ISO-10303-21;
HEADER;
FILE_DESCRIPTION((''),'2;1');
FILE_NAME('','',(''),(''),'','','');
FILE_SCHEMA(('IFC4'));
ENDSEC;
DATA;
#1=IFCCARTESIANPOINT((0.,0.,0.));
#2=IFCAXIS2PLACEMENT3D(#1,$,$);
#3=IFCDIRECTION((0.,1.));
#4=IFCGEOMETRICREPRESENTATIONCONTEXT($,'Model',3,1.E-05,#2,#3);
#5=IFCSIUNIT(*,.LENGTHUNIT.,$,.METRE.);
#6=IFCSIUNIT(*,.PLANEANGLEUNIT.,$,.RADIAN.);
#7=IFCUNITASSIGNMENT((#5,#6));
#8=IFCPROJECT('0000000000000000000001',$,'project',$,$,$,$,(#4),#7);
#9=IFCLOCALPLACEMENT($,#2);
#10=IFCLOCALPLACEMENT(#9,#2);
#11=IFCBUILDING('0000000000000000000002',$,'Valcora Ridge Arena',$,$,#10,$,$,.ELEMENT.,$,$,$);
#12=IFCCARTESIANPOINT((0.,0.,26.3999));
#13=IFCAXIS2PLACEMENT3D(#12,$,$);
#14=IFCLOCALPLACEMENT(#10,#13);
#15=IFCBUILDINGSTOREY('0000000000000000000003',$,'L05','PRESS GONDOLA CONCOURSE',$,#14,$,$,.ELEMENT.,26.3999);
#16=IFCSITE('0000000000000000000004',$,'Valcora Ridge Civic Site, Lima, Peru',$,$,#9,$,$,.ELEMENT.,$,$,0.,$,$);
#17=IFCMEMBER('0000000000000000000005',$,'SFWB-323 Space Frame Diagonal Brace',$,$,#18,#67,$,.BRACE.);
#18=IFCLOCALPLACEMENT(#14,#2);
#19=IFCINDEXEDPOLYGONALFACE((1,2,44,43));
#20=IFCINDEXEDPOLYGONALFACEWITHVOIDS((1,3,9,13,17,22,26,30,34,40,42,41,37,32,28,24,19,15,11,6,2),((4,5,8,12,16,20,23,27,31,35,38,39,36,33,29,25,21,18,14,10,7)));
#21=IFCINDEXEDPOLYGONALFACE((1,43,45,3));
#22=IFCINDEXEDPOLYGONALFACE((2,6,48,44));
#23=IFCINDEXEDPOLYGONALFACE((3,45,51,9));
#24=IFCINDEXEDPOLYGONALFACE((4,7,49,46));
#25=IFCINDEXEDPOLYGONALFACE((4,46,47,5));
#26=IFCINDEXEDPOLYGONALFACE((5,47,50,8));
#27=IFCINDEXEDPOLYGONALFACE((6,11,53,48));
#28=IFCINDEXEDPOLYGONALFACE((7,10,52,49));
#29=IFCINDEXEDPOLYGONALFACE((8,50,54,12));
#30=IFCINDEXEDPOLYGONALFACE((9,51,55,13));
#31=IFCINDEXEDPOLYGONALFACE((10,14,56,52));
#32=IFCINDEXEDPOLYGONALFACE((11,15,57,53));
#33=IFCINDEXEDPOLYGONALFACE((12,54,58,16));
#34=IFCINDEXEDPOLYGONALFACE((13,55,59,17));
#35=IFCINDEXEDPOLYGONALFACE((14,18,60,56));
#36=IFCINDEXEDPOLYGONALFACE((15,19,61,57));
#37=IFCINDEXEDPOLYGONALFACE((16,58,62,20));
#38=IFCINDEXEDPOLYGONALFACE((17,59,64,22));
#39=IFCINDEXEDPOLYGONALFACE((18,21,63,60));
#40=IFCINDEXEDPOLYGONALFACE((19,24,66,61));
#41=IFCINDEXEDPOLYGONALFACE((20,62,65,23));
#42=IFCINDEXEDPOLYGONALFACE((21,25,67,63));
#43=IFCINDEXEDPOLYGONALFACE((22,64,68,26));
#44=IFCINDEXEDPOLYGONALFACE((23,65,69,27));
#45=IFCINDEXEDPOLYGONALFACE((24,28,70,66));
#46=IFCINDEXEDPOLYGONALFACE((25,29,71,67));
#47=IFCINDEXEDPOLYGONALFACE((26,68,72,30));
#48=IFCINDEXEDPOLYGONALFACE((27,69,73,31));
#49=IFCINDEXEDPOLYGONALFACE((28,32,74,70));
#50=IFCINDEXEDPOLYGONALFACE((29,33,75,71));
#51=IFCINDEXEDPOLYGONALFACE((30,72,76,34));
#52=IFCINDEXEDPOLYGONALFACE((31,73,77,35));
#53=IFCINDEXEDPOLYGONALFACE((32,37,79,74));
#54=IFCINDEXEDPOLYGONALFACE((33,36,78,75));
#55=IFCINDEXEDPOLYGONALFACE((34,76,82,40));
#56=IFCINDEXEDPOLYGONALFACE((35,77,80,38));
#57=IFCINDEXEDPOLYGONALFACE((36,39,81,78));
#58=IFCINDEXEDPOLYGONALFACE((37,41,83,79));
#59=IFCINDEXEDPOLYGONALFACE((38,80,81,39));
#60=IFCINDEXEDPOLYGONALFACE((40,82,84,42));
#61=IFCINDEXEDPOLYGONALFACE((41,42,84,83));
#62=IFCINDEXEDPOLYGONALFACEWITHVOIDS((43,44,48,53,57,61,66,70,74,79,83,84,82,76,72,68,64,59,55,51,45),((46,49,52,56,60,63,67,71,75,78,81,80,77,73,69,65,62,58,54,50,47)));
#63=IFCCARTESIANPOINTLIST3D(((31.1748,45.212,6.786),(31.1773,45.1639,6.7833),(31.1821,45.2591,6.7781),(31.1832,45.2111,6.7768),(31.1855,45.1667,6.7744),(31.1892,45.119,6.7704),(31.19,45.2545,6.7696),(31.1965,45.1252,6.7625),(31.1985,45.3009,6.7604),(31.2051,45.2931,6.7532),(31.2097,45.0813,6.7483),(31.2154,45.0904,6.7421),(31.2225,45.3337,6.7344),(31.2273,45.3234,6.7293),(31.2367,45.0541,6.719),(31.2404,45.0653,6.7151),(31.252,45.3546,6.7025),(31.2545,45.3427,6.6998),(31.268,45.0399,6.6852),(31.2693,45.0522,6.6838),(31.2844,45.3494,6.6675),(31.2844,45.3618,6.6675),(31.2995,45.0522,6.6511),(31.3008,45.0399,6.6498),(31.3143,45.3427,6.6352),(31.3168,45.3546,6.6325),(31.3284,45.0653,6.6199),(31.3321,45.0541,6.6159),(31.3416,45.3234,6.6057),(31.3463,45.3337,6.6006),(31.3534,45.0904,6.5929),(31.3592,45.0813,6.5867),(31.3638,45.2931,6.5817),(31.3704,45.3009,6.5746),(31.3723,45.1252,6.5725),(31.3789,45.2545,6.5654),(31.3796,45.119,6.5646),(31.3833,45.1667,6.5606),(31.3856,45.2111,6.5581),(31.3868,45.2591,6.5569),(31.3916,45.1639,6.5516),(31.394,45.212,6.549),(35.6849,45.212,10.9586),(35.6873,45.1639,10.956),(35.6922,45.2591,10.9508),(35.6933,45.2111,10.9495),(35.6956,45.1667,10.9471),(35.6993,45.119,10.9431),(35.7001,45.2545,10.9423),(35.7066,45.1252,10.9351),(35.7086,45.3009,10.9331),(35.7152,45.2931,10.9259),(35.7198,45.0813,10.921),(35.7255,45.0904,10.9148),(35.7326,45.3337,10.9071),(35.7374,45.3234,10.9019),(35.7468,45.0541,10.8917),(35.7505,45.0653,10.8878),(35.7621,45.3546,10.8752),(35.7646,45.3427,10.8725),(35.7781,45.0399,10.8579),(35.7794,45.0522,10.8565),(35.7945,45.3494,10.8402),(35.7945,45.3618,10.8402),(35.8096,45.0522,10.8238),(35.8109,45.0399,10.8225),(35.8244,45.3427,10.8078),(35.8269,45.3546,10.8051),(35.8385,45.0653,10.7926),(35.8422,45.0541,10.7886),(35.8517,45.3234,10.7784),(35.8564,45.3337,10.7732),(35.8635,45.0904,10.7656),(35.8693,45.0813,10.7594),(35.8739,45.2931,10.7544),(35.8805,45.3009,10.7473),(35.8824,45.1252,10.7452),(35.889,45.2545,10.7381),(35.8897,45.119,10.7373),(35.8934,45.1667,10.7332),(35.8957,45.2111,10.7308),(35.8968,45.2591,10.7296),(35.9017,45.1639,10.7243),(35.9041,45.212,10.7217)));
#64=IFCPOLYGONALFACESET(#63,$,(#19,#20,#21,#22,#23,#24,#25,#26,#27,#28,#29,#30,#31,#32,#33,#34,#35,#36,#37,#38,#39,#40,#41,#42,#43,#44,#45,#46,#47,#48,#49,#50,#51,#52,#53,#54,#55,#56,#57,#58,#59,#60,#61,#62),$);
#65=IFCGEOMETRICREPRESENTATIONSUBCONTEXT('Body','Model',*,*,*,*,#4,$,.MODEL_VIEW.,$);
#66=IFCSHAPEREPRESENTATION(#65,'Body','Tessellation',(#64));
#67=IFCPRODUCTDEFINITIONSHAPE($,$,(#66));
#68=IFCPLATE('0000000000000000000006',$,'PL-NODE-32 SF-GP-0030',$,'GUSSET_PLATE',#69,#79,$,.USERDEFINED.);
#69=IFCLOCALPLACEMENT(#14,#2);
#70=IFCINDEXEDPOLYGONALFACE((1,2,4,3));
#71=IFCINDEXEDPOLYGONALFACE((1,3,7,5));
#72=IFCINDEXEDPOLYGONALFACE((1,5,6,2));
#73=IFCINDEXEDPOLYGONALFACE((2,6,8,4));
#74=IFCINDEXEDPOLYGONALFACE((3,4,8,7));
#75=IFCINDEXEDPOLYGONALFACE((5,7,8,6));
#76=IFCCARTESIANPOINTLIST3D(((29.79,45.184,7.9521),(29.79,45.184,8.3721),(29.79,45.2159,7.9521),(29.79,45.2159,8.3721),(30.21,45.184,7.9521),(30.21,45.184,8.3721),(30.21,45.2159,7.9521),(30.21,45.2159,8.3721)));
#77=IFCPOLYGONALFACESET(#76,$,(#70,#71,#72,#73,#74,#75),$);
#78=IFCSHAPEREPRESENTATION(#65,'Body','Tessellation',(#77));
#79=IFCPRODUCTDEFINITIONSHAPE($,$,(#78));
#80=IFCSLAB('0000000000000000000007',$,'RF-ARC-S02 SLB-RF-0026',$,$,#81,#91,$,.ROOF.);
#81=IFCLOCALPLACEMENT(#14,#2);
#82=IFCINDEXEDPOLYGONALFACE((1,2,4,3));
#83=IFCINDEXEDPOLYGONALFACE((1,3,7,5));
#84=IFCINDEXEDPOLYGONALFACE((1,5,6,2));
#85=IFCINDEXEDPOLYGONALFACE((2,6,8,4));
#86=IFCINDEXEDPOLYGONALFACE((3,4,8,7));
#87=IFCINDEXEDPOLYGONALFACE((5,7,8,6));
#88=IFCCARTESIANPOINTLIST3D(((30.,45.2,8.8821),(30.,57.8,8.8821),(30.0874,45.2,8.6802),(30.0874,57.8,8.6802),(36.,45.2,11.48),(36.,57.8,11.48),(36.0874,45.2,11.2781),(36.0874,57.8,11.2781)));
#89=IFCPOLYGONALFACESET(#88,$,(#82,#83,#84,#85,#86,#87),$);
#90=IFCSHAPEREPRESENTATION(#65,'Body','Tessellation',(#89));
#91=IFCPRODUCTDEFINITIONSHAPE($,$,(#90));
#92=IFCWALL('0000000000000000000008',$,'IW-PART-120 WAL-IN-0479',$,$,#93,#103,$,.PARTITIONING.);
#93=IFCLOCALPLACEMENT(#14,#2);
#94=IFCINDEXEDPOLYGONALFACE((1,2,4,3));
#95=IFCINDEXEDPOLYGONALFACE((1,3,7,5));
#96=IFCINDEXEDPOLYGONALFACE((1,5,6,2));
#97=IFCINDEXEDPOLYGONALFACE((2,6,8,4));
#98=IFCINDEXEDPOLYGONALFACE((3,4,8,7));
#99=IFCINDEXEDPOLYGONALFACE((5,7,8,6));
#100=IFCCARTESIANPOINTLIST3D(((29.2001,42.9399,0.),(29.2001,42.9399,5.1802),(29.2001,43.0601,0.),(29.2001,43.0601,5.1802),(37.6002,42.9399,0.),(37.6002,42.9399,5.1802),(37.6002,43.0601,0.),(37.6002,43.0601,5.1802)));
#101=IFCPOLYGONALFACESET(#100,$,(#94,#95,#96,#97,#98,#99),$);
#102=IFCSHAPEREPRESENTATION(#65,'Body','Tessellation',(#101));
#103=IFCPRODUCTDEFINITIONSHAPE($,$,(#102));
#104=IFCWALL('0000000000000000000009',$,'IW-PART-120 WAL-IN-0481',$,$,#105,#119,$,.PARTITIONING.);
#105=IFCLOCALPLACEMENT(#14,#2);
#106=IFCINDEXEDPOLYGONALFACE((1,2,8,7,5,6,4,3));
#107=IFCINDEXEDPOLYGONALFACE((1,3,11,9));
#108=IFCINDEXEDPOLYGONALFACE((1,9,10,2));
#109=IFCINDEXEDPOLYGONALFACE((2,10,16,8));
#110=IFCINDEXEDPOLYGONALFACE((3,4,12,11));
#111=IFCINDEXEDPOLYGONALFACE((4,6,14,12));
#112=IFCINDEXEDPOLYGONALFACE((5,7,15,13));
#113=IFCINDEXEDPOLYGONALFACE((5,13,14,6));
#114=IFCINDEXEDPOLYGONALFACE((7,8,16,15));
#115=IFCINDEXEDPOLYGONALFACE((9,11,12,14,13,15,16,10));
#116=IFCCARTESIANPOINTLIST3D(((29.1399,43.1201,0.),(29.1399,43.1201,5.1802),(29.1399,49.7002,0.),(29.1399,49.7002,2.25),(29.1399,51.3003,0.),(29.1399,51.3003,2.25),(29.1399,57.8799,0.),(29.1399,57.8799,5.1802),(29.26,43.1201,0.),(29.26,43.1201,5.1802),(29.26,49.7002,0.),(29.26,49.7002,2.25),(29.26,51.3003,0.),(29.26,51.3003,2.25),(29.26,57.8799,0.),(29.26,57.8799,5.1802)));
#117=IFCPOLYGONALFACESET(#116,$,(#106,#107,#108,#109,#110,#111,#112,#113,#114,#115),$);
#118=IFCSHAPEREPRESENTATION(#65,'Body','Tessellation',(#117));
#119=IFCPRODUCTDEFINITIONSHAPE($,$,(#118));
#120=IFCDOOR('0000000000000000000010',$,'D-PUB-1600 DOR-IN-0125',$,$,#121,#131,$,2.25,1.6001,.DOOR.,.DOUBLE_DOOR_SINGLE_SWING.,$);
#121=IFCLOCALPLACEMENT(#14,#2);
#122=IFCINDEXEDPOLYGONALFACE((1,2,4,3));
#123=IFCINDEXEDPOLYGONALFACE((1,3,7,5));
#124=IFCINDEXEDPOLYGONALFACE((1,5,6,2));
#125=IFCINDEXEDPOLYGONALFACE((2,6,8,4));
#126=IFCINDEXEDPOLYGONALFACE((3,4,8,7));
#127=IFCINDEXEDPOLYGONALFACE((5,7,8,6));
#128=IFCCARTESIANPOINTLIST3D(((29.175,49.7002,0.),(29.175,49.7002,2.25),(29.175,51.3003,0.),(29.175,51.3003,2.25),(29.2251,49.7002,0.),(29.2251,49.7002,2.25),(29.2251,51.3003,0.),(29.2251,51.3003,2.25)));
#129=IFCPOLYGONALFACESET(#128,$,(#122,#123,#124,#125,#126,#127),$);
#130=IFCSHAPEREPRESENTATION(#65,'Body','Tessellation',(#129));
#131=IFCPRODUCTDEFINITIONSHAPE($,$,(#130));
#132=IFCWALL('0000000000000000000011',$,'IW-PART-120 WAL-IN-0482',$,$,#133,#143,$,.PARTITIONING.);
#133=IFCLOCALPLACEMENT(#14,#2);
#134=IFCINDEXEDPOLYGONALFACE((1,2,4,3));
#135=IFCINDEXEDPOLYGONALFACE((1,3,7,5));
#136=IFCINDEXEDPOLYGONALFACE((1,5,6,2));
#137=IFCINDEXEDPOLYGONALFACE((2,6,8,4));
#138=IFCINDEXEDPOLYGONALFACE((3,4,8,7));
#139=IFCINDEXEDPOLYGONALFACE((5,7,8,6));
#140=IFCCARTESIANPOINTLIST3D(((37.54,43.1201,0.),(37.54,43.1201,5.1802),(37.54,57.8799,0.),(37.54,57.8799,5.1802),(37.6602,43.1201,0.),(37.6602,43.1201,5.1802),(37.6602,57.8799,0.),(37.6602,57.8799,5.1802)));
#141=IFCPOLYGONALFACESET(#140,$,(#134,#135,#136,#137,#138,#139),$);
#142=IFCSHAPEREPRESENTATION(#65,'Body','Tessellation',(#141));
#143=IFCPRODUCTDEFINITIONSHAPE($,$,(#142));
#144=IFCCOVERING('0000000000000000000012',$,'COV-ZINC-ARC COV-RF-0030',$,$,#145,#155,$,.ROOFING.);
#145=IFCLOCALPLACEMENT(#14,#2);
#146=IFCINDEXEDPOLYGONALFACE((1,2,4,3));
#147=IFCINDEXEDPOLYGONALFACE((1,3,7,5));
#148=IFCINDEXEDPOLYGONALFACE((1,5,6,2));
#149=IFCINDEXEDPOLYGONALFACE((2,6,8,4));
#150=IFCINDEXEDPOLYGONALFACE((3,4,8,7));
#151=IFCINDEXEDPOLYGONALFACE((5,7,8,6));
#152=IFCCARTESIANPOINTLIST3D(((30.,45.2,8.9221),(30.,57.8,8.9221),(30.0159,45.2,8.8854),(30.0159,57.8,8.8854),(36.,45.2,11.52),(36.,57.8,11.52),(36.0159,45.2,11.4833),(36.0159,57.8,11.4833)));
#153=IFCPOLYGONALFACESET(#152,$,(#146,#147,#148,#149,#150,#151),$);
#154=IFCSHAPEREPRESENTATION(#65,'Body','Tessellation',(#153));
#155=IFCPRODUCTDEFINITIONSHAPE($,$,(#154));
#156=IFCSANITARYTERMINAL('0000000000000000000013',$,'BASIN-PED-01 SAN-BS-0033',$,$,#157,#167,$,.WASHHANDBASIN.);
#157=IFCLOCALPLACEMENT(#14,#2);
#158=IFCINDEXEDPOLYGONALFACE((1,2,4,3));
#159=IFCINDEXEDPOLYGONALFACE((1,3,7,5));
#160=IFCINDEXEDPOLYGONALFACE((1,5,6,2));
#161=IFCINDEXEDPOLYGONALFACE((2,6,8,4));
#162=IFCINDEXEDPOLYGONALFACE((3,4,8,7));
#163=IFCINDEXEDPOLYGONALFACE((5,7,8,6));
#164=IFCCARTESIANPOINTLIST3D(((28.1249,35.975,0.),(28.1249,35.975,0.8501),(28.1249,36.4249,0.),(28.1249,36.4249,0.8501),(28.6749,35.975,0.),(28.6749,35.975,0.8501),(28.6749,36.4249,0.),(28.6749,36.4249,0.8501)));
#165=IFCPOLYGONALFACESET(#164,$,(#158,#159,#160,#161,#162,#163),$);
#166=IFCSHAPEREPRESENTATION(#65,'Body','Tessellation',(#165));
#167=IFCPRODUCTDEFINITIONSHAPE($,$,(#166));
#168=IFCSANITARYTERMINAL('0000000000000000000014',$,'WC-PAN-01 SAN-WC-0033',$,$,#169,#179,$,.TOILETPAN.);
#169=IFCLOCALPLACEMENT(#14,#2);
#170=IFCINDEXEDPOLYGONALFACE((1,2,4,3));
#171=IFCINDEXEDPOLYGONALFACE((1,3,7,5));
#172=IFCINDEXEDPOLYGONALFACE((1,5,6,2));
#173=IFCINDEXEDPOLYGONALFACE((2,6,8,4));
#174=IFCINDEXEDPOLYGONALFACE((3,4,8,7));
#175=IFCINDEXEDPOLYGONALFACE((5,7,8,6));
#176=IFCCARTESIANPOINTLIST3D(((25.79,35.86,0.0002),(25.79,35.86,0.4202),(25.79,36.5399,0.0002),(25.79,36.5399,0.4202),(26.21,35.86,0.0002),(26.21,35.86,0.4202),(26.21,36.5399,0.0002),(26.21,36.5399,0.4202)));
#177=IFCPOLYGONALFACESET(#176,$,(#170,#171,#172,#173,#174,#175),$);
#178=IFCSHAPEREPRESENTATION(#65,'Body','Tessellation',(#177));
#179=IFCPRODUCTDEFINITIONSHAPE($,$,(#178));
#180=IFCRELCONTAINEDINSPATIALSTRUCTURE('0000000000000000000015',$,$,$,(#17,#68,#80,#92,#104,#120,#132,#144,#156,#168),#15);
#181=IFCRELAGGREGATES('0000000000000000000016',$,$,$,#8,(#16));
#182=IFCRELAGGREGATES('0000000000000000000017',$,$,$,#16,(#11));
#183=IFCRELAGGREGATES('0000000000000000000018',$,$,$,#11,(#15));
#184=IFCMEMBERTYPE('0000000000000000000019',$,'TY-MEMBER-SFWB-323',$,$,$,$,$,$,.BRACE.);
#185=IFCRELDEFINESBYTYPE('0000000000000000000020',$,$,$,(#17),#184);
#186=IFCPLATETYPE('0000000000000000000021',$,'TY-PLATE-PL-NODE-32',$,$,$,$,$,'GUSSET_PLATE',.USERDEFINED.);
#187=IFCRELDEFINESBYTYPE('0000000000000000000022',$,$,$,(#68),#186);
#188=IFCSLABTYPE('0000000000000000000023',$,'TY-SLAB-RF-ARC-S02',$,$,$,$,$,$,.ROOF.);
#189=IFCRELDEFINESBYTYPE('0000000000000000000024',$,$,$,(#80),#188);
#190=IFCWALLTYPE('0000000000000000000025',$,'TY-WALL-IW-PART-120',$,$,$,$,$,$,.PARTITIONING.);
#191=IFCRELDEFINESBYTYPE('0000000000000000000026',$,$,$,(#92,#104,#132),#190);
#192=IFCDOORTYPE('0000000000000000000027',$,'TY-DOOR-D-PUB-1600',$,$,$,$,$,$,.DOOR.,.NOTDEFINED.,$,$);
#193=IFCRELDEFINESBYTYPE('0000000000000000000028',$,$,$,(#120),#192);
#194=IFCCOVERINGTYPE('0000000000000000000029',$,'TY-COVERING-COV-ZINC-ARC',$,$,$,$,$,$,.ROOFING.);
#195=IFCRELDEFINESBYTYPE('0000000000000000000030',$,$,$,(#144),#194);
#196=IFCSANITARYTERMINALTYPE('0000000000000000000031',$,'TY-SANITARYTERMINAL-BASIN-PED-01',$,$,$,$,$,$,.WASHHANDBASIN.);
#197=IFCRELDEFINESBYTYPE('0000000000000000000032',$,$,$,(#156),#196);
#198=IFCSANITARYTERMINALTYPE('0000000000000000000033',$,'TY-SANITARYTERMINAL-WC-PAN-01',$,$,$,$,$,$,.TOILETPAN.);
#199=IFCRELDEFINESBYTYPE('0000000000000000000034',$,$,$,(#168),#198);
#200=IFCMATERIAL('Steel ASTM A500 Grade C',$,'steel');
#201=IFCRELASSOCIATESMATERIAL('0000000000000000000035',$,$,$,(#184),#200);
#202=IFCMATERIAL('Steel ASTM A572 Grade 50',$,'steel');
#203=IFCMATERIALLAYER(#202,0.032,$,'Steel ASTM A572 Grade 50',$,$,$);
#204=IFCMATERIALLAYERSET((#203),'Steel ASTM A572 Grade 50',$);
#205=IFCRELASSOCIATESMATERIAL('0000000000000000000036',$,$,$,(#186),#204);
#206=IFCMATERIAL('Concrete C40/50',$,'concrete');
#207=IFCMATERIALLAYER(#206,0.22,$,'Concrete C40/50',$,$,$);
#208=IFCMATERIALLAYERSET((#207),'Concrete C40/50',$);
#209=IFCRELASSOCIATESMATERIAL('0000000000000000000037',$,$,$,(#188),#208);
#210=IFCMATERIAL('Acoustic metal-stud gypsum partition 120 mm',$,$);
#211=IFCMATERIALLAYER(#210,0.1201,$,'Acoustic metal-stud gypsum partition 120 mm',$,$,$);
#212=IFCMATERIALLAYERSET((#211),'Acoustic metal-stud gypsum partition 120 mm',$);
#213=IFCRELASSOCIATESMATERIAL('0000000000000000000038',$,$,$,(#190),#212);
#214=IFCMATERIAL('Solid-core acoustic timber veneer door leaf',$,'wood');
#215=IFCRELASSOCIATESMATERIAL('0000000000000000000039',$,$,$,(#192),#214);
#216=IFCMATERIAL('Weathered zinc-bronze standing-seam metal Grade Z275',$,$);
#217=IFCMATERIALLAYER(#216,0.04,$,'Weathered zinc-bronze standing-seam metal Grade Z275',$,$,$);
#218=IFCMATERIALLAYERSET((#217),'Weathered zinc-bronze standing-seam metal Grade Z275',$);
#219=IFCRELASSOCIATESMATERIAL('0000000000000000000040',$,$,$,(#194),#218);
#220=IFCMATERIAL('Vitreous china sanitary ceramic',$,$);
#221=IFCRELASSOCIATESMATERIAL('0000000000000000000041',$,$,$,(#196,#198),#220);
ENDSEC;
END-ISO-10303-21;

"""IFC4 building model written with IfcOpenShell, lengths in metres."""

from ifc_helpers import new_model, si_unit, direction, frame, frame_2d, origin, origin_2d, place, context, subcontext, project, spatial, polyline, rectangle, hollow_circle, outline, extrude, material, layer, layer_set, material_profile, profile_set, type_object, element, fill, save


model = new_model("IFC4")

# Units and contexts
model_context = context("Model", 3, precision=1e-05, world=origin(), true_north=direction((0.0, 1.0)))
body_context = subcontext(model_context, "Body", "Model", "MODEL_VIEW")
ifc_project = project(units=[si_unit("LENGTHUNIT", "METRE"), si_unit("PLANEANGLEUNIT", "RADIAN")], contexts=[model_context])

# Site, building, storey
site_placement = place(None, origin())
site = spatial("IfcSite", under=ifc_project, at=site_placement, Name="Valcora Ridge Civic Site, Lima, Peru", CompositionType="ELEMENT", RefElevation=0.0)
building_placement = place(site_placement, origin())
building = spatial("IfcBuilding", under=site, at=building_placement, Name="Valcora Ridge Arena", CompositionType="ELEMENT")
storey_placement = place(building_placement, frame((0.0, 0.0, 26.3999)))
storey = spatial("IfcBuildingStorey", under=building, at=storey_placement, Name="L05", Description="PRESS GONDOLA CONCOURSE", CompositionType="ELEMENT", Elevation=26.3999)

# Member
ifc_material_1 = material(Name="Steel ASTM A572 Grade 50", Category="steel")
ifc_material_2 = material(Name="Steel ASTM A500 Grade C", Category="steel")
ifc_material_profile_1 = material_profile(ifc_material_2, hollow_circle(Radius=0.1619, WallThickness=0.0125, at=origin_2d()), Name="CHS323X12")
ifc_profile_set_1 = profile_set([ifc_material_profile_1], Name="Steel ASTM A500 Grade C")
member_type_1 = type_object("IfcMemberType", Name="TY-MEMBER-SFWB-323", PredefinedType="BRACE", material=ifc_profile_set_1)
member_1_placement = place(storey_placement, frame((31.2844, 45.2, 6.6675), z_axis=(0.734031, 0.0, 0.679116), x_axis=(0.0, 1.0, 0.0)))
element("IfcMember", 1, at=member_1_placement, inside=storey, type_object=member_type_1, Name="SFWB-323 Space Frame Diagonal Brace", PredefinedType="BRACE", context=body_context, shape_type="SweptSolid", body=[
    extrude(hollow_circle(Radius=0.1619, WallThickness=0.0125, at=origin_2d()), origin(), (0.0, 0.0, 1.0), 6.1443),
])

# Plate
ifc_layer_1 = layer(ifc_material_1, 0.032, Name="Steel ASTM A572 Grade 50")
ifc_layer_set_1 = layer_set([ifc_layer_1], Name="Steel ASTM A572 Grade 50")
plate_type = type_object("IfcPlateType", Name="TY-PLATE-PL-NODE-32", ElementType="GUSSET_PLATE", PredefinedType="USERDEFINED", material=ifc_layer_set_1)
plate_placement = place(storey_placement, frame((30.0, 45.2, 7.9521), z_axis=(0.0, 0.0, 1.0), x_axis=(1.0, 0.0, 0.0)))
element("IfcPlate", 2, at=plate_placement, inside=storey, type_object=plate_type, Name="PL-NODE-32 SF-GP-0030", ObjectType="GUSSET_PLATE", PredefinedType="USERDEFINED", context=body_context, shape_type="SweptSolid", body=[
    extrude(rectangle(XDim=0.4199, YDim=0.032, at=origin_2d()), origin(), (0.0, 0.0, 1.0), 0.4199),
])

# Slab
ifc_material_3 = material(Name="Concrete C40/50", Category="concrete")
ifc_layer_2 = layer(ifc_material_3, 0.22, Name="Concrete C40/50")
ifc_layer_set_2 = layer_set([ifc_layer_2], Name="Concrete C40/50")
slab_type = type_object("IfcSlabType", Name="TY-SLAB-RF-ARC-S02", PredefinedType="ROOF", material=ifc_layer_set_2)
slab_placement = place(storey_placement, frame((30.0, 45.2, 8.8821), z_axis=(-0.397337, 0.0, 0.917673), x_axis=(0.917673, 0.0, 0.397337)))
element("IfcSlab", 3, at=slab_placement, inside=storey, type_object=slab_type, Name="RF-ARC-S02 SLB-RF-0026", PredefinedType="ROOF", context=body_context, shape_type="SweptSolid", body=[
    extrude(outline(polyline([(0.0, 0.0), (6.5383, 0.0), (6.5383, 12.6001), (0.0, 12.6001), (0.0, 0.0)])), origin(), (0.0, 0.0, -1.0), 0.22),
])

# Wall
ifc_material_4 = material(Name="Acoustic metal-stud gypsum partition 120 mm")
ifc_layer_3 = layer(ifc_material_4, 0.1201, Name="Acoustic metal-stud gypsum partition 120 mm")
ifc_layer_set_3 = layer_set([ifc_layer_3], Name="Acoustic metal-stud gypsum partition 120 mm")
wall_type_1 = type_object("IfcWallType", Name="TY-WALL-IW-PART-120", PredefinedType="PARTITIONING", material=ifc_layer_set_3)
wall_1_placement = place(storey_placement, frame((29.2, 43.0, 0.0), z_axis=(0.0, 0.0, 1.0), x_axis=(1.0, 0.0, 0.0)))
element("IfcWall", 4, at=wall_1_placement, inside=storey, type_object=wall_type_1, Name="IW-PART-120 WAL-IN-0479", PredefinedType="PARTITIONING", context=body_context, shape_type="SweptSolid", body=[
    extrude(rectangle(XDim=8.4001, YDim=0.1201, at=frame_2d((4.2002, 0.0))), origin(), (0.0, 0.0, 1.0), 5.1802),
])

# Wall, opening, door
wall_2_placement = place(storey_placement, frame((29.2, 43.1201, 0.0), z_axis=(0.0, 0.0, 1.0), x_axis=(0.0, 1.0, 0.0)))
wall_2 = element("IfcWall", 5, at=wall_2_placement, inside=storey, type_object=wall_type_1, Name="IW-PART-120 WAL-IN-0481", PredefinedType="PARTITIONING", context=body_context, shape_type="SweptSolid", body=[
    extrude(rectangle(XDim=14.7598, YDim=0.1201, at=frame_2d((7.3799, 0.0))), origin(), (0.0, 0.0, 1.0), 5.1802),
])
opening_1_placement = place(wall_2_placement, frame((6.5801, 0.0, 0.0)))
opening_1 = element("IfcOpeningElement", 6, at=opening_1_placement, cuts=wall_2, PredefinedType="OPENING", context=body_context, shape_type="SweptSolid", body=[
    extrude(rectangle(XDim=1.6001, YDim=2.25, at=frame_2d((0.8, 1.125))), frame((0.0, 0.0701, 0.0), z_axis=(0.0, -1.0, 0.0), x_axis=(1.0, 0.0, 0.0)), (0.0, 0.0, 1.0), 0.1401),
])
ifc_material_5 = material(Name="Solid-core acoustic timber veneer door leaf", Category="wood")
door_type_1 = type_object("IfcDoorType", Name="TY-DOOR-D-PUB-1600", OperationType="NOTDEFINED", PredefinedType="DOOR", material=ifc_material_5)
door_1_placement = place(opening_1_placement, origin())
door_1 = element("IfcDoor", 7, at=door_1_placement, inside=storey, type_object=door_type_1, Name="D-PUB-1600 DOR-IN-0125", OperationType="DOUBLE_DOOR_SINGLE_SWING", OverallHeight=2.25, OverallWidth=1.6001, PredefinedType="DOOR", context=body_context, shape_type="SweptSolid", body=[
    extrude(rectangle(XDim=1.6001, YDim=2.25, at=frame_2d((0.8, 1.125))), frame((0.0, 0.0249, 0.0), z_axis=(0.0, -1.0, 0.0), x_axis=(1.0, 0.0, 0.0)), (0.0, 0.0, 1.0), 0.05),
])
fill(opening_1, door_1)

# Wall
wall_3_placement = place(storey_placement, frame((37.6001, 43.1201, 0.0), z_axis=(0.0, 0.0, 1.0), x_axis=(0.0, 1.0, 0.0)))
element("IfcWall", 8, at=wall_3_placement, inside=storey, type_object=wall_type_1, Name="IW-PART-120 WAL-IN-0482", PredefinedType="PARTITIONING", context=body_context, shape_type="SweptSolid", body=[
    extrude(rectangle(XDim=14.7598, YDim=0.1201, at=frame_2d((7.3799, 0.0))), origin(), (0.0, 0.0, 1.0), 5.1802),
])

# Covering
ifc_material_6 = material(Name="Weathered zinc-bronze standing-seam metal Grade Z275")
ifc_layer_4 = layer(ifc_material_6, 0.04, Name="Weathered zinc-bronze standing-seam metal Grade Z275")
ifc_layer_set_4 = layer_set([ifc_layer_4], Name="Weathered zinc-bronze standing-seam metal Grade Z275")
covering_type = type_object("IfcCoveringType", Name="TY-COVERING-COV-ZINC-ARC", PredefinedType="ROOFING", material=ifc_layer_set_4)
covering_placement = place(storey_placement, frame((30.0, 45.2, 8.9221), z_axis=(-0.397337, 0.0, 0.917673), x_axis=(0.917673, 0.0, 0.397337)))
element("IfcCovering", 9, at=covering_placement, inside=storey, type_object=covering_type, Name="COV-ZINC-ARC COV-RF-0030", PredefinedType="ROOFING", context=body_context, shape_type="SweptSolid", body=[
    extrude(outline(polyline([(0.0, 0.0), (6.5383, 0.0), (6.5383, 12.6001), (0.0, 12.6001), (0.0, 0.0)])), origin(), (0.0, 0.0, -1.0), 0.04),
])

# Sanitary terminals
ifc_material_7 = material(Name="Vitreous china sanitary ceramic")
sanitary_terminal_type_1 = type_object("IfcSanitaryTerminalType", Name="TY-SANITARYTERMINAL-BASIN-PED-01", PredefinedType="WASHHANDBASIN", material=ifc_material_7)
sanitary_terminal_1_placement = place(storey_placement, frame((28.3999, 36.2, 0.0), z_axis=(0.0, 0.0, 1.0), x_axis=(1.0, 0.0, 0.0)))
element("IfcSanitaryTerminal", 10, at=sanitary_terminal_1_placement, inside=storey, type_object=sanitary_terminal_type_1, Name="BASIN-PED-01 SAN-BS-0033", PredefinedType="WASHHANDBASIN", context=body_context, shape_type="SweptSolid", body=[
    extrude(rectangle(XDim=0.55, YDim=0.45, at=origin_2d()), origin(), (0.0, 0.0, 1.0), 0.8501),
])
sanitary_terminal_type_2 = type_object("IfcSanitaryTerminalType", Name="TY-SANITARYTERMINAL-WC-PAN-01", PredefinedType="TOILETPAN", material=ifc_material_7)
sanitary_terminal_2_placement = place(storey_placement, frame((26.0, 36.2, 0.0002), z_axis=(0.0, 0.0, 1.0), x_axis=(1.0, 0.0, 0.0)))
element("IfcSanitaryTerminal", 11, at=sanitary_terminal_2_placement, inside=storey, type_object=sanitary_terminal_type_2, Name="WC-PAN-01 SAN-WC-0033", PredefinedType="TOILETPAN", context=body_context, shape_type="SweptSolid", body=[
    extrude(rectangle(XDim=0.4199, YDim=0.6799, at=origin_2d()), origin(), (0.0, 0.0, 1.0), 0.4199),
])

save(model, "model.ifc")
